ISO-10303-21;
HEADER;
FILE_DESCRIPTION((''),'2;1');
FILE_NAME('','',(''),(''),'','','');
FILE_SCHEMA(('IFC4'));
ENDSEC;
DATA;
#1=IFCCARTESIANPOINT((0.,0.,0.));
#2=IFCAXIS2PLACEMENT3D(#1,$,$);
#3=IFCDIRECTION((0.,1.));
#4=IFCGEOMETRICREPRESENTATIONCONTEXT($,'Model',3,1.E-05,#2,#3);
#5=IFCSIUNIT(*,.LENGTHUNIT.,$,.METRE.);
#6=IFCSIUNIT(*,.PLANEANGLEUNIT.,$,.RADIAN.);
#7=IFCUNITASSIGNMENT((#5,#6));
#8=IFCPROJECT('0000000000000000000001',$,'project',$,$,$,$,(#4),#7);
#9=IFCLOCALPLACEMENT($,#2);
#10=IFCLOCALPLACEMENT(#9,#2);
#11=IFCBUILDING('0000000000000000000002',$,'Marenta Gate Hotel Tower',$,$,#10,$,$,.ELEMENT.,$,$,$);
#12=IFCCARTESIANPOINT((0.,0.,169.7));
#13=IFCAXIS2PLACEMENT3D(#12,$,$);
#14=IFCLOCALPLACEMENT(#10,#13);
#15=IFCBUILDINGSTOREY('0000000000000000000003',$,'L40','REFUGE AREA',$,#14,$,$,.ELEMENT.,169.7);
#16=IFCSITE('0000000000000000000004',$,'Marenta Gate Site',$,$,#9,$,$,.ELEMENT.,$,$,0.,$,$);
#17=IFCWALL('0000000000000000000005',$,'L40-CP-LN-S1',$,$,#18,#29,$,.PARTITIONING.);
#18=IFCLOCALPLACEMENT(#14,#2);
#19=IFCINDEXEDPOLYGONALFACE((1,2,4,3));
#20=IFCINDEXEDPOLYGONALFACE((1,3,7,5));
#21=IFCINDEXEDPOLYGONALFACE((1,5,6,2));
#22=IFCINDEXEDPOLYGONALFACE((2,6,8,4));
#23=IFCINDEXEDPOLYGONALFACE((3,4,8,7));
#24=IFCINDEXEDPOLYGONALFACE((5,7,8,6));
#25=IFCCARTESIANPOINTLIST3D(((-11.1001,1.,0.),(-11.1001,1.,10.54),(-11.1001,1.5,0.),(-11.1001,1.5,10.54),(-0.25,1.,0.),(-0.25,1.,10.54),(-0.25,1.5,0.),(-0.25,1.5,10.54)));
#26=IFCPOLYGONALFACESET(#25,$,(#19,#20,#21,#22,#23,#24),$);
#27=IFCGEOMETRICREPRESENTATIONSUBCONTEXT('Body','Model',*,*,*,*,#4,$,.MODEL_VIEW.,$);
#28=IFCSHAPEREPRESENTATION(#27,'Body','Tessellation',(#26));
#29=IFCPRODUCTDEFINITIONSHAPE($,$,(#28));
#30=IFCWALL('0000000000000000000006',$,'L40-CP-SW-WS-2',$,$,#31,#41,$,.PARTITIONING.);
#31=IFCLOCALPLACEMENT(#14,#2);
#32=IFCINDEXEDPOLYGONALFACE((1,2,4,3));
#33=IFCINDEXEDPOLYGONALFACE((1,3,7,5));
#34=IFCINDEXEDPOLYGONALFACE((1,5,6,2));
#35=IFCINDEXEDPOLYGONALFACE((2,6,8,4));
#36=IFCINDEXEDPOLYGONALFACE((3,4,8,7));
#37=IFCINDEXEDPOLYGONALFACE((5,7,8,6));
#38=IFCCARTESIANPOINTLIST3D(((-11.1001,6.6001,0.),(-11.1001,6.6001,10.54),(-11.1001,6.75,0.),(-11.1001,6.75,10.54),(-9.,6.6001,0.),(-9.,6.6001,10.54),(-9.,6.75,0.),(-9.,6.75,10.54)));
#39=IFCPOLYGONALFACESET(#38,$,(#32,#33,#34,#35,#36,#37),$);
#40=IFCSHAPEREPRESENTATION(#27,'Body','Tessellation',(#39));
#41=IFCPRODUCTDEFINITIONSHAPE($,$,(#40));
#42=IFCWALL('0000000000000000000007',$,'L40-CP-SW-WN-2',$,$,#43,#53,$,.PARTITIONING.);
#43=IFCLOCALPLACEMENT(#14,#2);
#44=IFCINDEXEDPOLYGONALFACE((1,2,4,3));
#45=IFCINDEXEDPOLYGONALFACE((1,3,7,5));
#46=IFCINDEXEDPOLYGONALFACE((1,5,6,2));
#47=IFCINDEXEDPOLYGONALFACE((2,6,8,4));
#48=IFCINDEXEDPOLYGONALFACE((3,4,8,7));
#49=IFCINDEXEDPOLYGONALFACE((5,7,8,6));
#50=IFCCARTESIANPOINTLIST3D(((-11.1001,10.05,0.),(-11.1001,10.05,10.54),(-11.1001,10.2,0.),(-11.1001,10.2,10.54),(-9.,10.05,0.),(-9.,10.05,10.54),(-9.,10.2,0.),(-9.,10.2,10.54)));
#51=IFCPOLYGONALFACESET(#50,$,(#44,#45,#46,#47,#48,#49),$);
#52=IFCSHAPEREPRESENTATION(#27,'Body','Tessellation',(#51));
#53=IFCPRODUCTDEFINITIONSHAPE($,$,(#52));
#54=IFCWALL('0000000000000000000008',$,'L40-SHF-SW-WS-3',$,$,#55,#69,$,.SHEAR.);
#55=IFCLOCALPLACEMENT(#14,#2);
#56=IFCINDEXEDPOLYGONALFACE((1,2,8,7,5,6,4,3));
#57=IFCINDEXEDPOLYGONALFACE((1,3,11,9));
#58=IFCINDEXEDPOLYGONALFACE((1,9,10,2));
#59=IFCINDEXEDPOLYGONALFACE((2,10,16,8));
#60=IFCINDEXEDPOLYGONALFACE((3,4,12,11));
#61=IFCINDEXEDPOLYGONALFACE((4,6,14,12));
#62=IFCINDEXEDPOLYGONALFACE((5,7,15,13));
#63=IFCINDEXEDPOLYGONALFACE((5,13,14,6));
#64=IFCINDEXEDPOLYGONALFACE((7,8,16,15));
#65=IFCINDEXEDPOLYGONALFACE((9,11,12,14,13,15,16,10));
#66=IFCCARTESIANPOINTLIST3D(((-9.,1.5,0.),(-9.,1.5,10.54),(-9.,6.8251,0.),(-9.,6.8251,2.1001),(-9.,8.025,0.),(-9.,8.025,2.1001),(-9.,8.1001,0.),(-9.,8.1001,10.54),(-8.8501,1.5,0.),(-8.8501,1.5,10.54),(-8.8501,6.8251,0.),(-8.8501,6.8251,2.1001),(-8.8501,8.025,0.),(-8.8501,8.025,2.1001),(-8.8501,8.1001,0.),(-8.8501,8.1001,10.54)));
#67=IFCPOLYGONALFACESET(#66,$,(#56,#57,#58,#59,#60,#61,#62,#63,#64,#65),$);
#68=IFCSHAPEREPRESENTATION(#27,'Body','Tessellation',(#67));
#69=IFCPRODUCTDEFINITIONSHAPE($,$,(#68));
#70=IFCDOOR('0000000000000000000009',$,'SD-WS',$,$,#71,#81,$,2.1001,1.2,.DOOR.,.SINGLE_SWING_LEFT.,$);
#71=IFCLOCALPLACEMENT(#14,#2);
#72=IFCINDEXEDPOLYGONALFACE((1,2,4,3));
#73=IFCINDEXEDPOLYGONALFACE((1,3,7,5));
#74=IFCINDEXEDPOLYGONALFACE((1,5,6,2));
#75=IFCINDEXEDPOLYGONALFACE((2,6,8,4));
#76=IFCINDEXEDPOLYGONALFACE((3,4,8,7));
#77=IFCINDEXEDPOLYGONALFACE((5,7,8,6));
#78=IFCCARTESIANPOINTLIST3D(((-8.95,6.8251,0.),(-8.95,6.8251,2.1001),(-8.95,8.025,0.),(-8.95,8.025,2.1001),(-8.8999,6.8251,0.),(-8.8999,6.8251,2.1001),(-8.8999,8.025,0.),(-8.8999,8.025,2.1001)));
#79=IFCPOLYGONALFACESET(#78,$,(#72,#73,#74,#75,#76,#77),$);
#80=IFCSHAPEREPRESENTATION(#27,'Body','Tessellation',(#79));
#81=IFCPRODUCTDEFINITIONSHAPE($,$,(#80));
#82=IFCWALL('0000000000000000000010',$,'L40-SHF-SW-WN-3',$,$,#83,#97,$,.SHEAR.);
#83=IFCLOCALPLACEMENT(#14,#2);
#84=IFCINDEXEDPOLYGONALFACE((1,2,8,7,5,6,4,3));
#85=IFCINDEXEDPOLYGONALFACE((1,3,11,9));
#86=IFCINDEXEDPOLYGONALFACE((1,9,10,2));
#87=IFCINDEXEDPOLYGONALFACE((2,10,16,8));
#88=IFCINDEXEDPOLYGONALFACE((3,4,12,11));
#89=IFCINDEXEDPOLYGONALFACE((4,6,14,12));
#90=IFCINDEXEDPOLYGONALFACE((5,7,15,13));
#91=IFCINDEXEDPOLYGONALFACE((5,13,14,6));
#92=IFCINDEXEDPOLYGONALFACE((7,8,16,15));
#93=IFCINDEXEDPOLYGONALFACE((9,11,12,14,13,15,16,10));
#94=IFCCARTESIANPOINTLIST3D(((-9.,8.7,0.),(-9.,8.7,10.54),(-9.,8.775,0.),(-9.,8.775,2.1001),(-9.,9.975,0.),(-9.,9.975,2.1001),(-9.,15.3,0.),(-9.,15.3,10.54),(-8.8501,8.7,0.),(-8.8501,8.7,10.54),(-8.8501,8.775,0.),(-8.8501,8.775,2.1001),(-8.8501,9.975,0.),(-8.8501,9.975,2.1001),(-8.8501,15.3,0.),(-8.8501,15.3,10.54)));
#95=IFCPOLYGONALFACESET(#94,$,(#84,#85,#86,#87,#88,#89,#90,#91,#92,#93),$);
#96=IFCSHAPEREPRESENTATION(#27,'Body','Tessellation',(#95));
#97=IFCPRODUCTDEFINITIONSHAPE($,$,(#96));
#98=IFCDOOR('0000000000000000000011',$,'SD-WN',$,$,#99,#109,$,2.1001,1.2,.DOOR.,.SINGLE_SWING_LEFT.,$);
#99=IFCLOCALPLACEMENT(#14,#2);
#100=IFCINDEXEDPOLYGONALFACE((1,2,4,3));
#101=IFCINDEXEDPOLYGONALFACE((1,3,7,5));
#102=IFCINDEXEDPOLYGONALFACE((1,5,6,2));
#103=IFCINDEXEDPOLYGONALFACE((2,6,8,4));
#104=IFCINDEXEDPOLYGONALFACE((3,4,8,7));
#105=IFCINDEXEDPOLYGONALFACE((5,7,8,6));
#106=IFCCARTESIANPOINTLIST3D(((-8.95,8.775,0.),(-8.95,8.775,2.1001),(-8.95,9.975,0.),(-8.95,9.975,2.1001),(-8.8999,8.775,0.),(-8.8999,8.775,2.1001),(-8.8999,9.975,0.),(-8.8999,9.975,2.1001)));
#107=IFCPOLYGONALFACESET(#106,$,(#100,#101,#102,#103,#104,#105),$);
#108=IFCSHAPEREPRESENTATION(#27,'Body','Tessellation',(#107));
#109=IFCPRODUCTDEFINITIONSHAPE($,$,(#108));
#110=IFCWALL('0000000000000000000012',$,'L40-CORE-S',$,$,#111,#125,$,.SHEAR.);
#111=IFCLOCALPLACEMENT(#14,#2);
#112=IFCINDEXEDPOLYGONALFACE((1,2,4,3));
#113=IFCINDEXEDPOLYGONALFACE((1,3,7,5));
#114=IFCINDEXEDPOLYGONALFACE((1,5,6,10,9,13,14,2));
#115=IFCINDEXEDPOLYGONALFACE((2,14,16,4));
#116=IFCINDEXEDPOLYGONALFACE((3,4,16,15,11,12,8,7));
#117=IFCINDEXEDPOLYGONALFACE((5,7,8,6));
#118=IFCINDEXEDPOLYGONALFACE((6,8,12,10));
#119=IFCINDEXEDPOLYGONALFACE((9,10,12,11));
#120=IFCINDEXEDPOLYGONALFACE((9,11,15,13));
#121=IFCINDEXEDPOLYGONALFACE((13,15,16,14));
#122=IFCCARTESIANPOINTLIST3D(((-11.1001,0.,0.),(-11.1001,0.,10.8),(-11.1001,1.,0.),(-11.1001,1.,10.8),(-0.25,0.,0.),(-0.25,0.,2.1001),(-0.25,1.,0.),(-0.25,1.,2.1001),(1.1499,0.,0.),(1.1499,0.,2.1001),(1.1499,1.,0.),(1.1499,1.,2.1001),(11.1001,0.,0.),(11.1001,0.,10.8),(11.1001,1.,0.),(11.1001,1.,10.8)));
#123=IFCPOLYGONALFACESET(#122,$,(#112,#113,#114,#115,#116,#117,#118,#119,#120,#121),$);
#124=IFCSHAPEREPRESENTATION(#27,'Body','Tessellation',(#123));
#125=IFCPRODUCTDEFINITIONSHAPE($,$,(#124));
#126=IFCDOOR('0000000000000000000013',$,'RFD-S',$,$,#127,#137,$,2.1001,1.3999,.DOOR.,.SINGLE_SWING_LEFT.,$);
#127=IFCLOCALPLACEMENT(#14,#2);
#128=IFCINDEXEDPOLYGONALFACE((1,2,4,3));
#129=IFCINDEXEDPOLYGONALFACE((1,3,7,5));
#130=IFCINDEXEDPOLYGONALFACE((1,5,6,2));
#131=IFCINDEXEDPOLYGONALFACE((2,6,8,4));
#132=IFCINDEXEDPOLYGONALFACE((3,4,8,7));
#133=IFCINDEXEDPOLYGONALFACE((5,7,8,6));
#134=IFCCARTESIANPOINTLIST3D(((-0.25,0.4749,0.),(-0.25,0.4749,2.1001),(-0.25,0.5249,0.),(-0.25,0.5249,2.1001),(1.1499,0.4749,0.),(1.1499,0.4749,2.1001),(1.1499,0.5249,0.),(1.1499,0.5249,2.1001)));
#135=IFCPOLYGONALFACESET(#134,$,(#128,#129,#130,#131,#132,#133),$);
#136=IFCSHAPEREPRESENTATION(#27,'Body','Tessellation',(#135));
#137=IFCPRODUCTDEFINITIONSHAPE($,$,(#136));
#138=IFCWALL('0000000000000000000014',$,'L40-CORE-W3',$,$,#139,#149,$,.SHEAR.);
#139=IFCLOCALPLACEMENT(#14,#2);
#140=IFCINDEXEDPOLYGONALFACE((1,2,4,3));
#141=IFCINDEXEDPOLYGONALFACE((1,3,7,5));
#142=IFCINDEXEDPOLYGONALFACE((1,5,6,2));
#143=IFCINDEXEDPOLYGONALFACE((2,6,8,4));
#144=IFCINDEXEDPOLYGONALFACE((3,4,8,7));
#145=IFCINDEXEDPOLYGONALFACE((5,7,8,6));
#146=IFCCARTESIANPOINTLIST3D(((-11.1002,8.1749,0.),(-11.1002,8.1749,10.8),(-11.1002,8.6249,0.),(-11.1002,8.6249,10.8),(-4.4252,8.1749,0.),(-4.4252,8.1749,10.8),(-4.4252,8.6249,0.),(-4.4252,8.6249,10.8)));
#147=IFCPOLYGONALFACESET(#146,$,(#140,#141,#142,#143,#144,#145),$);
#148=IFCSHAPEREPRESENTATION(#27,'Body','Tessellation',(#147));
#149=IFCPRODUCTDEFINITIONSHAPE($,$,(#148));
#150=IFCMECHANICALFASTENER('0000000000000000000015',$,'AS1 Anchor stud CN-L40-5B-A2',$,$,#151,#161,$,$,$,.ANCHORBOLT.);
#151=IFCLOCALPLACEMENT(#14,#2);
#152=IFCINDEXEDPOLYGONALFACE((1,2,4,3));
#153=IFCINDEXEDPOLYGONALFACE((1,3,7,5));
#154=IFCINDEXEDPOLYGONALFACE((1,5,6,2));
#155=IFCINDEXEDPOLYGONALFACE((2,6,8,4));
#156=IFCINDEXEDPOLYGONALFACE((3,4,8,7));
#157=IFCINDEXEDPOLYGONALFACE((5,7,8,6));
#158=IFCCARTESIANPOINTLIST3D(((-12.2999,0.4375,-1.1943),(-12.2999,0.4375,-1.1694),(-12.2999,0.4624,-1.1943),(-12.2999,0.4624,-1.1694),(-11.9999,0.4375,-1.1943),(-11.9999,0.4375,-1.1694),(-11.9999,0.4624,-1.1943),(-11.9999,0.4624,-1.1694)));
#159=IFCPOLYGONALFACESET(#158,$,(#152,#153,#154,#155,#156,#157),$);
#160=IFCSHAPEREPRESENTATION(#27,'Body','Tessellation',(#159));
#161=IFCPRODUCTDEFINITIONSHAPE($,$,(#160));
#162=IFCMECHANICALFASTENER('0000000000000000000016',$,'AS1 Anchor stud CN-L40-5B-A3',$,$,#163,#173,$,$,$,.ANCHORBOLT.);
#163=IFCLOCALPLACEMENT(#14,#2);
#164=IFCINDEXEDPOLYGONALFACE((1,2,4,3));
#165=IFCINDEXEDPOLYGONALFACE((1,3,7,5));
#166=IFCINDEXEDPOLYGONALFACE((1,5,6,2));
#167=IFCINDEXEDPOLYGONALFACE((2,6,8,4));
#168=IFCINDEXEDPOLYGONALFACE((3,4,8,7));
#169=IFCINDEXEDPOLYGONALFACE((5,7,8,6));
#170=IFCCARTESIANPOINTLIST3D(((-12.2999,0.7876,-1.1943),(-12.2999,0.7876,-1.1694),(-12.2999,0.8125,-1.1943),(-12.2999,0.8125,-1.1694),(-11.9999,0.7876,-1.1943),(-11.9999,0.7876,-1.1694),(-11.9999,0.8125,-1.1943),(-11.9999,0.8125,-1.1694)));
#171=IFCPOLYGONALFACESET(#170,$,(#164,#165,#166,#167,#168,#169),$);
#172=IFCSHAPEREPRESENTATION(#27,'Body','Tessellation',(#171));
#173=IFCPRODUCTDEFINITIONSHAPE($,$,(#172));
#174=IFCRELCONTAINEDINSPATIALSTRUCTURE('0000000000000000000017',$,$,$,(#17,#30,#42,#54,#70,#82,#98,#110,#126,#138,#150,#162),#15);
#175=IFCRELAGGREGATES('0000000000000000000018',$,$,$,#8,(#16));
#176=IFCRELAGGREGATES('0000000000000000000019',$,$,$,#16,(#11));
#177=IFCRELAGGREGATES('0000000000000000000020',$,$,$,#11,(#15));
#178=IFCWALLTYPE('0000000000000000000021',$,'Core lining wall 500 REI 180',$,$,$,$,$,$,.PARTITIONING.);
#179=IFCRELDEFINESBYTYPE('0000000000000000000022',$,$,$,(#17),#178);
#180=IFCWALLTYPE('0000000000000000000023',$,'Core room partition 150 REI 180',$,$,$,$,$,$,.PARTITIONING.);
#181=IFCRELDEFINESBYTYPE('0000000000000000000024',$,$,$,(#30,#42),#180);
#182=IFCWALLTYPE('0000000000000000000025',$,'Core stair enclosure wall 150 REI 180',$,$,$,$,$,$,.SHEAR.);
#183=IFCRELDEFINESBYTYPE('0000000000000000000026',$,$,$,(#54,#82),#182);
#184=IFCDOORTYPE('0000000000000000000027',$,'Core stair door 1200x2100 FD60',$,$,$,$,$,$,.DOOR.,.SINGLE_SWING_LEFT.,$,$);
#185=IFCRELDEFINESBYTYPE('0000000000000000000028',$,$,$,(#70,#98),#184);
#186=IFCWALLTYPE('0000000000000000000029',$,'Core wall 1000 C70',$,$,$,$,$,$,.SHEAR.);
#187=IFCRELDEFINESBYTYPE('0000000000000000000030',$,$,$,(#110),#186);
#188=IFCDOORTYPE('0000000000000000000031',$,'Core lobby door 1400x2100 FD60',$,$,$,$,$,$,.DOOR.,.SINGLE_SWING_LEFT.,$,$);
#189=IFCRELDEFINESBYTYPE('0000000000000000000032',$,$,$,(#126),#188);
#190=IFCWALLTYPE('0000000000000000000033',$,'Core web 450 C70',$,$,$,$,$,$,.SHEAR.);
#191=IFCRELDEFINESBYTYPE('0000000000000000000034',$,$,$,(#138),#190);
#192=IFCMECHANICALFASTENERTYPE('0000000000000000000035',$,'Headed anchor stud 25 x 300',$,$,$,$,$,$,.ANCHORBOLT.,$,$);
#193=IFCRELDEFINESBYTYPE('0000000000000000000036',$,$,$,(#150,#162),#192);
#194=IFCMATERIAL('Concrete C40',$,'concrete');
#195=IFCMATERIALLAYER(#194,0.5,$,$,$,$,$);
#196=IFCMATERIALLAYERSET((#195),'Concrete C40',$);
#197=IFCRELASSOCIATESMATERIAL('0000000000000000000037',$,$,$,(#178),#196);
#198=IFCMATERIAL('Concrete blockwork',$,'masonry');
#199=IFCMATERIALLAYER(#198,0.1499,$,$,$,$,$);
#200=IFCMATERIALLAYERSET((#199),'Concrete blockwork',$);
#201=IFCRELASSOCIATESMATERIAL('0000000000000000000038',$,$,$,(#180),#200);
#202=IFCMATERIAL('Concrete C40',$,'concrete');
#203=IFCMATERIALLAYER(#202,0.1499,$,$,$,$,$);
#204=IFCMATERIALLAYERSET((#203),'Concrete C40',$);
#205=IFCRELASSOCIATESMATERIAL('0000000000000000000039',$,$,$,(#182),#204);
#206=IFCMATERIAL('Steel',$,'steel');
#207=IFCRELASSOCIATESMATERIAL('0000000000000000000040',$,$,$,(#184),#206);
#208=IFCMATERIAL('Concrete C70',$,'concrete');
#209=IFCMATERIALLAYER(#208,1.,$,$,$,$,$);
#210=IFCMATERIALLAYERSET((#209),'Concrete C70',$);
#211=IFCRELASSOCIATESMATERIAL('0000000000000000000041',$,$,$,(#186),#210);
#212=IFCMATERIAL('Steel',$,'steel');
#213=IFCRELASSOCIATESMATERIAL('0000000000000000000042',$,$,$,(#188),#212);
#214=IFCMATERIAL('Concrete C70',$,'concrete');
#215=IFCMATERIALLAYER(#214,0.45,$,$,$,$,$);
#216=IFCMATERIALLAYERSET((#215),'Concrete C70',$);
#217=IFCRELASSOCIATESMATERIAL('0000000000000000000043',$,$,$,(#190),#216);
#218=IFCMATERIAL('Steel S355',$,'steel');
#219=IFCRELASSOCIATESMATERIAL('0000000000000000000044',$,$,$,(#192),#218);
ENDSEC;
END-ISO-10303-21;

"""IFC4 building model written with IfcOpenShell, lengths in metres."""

from ifc_helpers import new_model, si_unit, direction, frame, frame_2d, origin, origin_2d, place, context, subcontext, project, spatial, rectangle, extrude, material, layer, layer_set, type_object, element, fill, save


model = new_model("IFC4")

# Units and contexts
model_context = context("Model", 3, precision=1e-05, world=origin(), true_north=direction((0.0, 1.0)))
body_context = subcontext(model_context, "Body", "Model", "MODEL_VIEW")
ifc_project = project(units=[si_unit("LENGTHUNIT", "METRE"), si_unit("PLANEANGLEUNIT", "RADIAN")], contexts=[model_context])

# Site, building, storey
site_placement = place(None, origin())
site = spatial("IfcSite", under=ifc_project, at=site_placement, Name="Marenta Gate Site", CompositionType="ELEMENT", RefElevation=0.0)
building_placement = place(site_placement, origin())
building = spatial("IfcBuilding", under=site, at=building_placement, Name="Marenta Gate Hotel Tower", CompositionType="ELEMENT")
storey_placement = place(building_placement, frame((0.0, 0.0, 169.7)))
storey = spatial("IfcBuildingStorey", under=building, at=storey_placement, Name="L40", Description="REFUGE AREA", CompositionType="ELEMENT", Elevation=169.7)

# Walls
ifc_material_1 = material(Name="Concrete C40", Category="concrete")
ifc_layer_1 = layer(ifc_material_1, 0.5)
ifc_layer_set_1 = layer_set([ifc_layer_1], Name="Concrete C40")
wall_type_1 = type_object("IfcWallType", Name="Core lining wall 500 REI 180", PredefinedType="PARTITIONING", material=ifc_layer_set_1)
wall_1_placement = place(storey_placement, frame((-11.1001, 1.25, 0.0), z_axis=(0.0, 0.0, 1.0), x_axis=(1.0, 0.0, 0.0)))
element("IfcWall", 1, at=wall_1_placement, inside=storey, type_object=wall_type_1, Name="L40-CP-LN-S1", PredefinedType="PARTITIONING", context=body_context, shape_type="SweptSolid", body=[
    extrude(rectangle(XDim=10.8501, YDim=0.5, at=frame_2d((5.425, 0.0))), origin(), (0.0, 0.0, 1.0), 10.54),
])
ifc_material_2 = material(Name="Concrete blockwork", Category="masonry")
ifc_layer_2 = layer(ifc_material_2, 0.1499)
ifc_layer_set_2 = layer_set([ifc_layer_2], Name="Concrete blockwork")
wall_type_2 = type_object("IfcWallType", Name="Core room partition 150 REI 180", PredefinedType="PARTITIONING", material=ifc_layer_set_2)
for number, where, z_axis, x_axis, name in (
    (2, (-11.1001, 6.675, 0.0), (0.0, 0.0, 1.0), (1.0, 0.0, 0.0), "L40-CP-SW-WS-2"),
    (3, (-11.1001, 10.125, 0.0), (0.0, 0.0, 1.0), (1.0, 0.0, 0.0), "L40-CP-SW-WN-2"),
):
    element("IfcWall", number, at=place(storey_placement, frame(where, z_axis=z_axis, x_axis=x_axis)), inside=storey, type_object=wall_type_2, Name=name, PredefinedType="PARTITIONING", context=body_context, shape_type="SweptSolid", body=[
        extrude(rectangle(XDim=2.1001, YDim=0.1499, at=frame_2d((1.05, 0.0))), origin(), (0.0, 0.0, 1.0), 10.54),
    ])

# Walls, openings, doors
ifc_material_3 = material(Name="Concrete C40", Category="concrete")
ifc_layer_3 = layer(ifc_material_3, 0.1499)
ifc_layer_set_3 = layer_set([ifc_layer_3], Name="Concrete C40")
wall_type_3 = type_object("IfcWallType", Name="Core stair enclosure wall 150 REI 180", PredefinedType="SHEAR", material=ifc_layer_set_3)
wall_2_placement = place(storey_placement, frame((-8.925, 1.5, 0.0), z_axis=(0.0, 0.0, 1.0), x_axis=(0.0, 1.0, 0.0)))
wall_2 = element("IfcWall", 4, at=wall_2_placement, inside=storey, type_object=wall_type_3, Name="L40-SHF-SW-WS-3", PredefinedType="SHEAR", context=body_context, shape_type="SweptSolid", body=[
    extrude(rectangle(XDim=6.6001, YDim=0.1499, at=frame_2d((3.3, 0.0))), origin(), (0.0, 0.0, 1.0), 10.54),
])
opening_1_placement = place(wall_2_placement, frame((5.325, 0.0, 0.0)))
opening_1 = element("IfcOpeningElement", 5, at=opening_1_placement, cuts=wall_2, PredefinedType="OPENING", context=body_context, shape_type="SweptSolid", body=[
    extrude(rectangle(XDim=1.2, YDim=2.1001, at=frame_2d((0.6001, 1.05))), frame((0.0, 0.075, 0.0), z_axis=(0.0, -1.0, 0.0), x_axis=(1.0, 0.0, 0.0)), (0.0, 0.0, 1.0), 0.1499),
])
ifc_material_4 = material(Name="Steel", Category="steel")
door_type_1 = type_object("IfcDoorType", Name="Core stair door 1200x2100 FD60", OperationType="SINGLE_SWING_LEFT", PredefinedType="DOOR", material=ifc_material_4)
door_1_placement = place(opening_1_placement, origin())
door_1 = element("IfcDoor", 6, at=door_1_placement, inside=storey, type_object=door_type_1, Name="SD-WS", OperationType="SINGLE_SWING_LEFT", OverallHeight=2.1001, OverallWidth=1.2, PredefinedType="DOOR", context=body_context, shape_type="SweptSolid", body=[
    extrude(rectangle(XDim=1.2, YDim=2.1001, at=frame_2d((0.6001, 1.05))), frame((0.0, 0.0249, 0.0), z_axis=(0.0, -1.0, 0.0), x_axis=(1.0, 0.0, 0.0)), (0.0, 0.0, 1.0), 0.05),
])
fill(opening_1, door_1)
wall_3_placement = place(storey_placement, frame((-8.925, 8.7, 0.0), z_axis=(0.0, 0.0, 1.0), x_axis=(0.0, 1.0, 0.0)))
wall_3 = element("IfcWall", 7, at=wall_3_placement, inside=storey, type_object=wall_type_3, Name="L40-SHF-SW-WN-3", PredefinedType="SHEAR", context=body_context, shape_type="SweptSolid", body=[
    extrude(rectangle(XDim=6.6001, YDim=0.1499, at=frame_2d((3.3, 0.0))), origin(), (0.0, 0.0, 1.0), 10.54),
])
opening_2_placement = place(wall_3_placement, frame((0.075, 0.0, 0.0)))
opening_2 = element("IfcOpeningElement", 8, at=opening_2_placement, cuts=wall_3, PredefinedType="OPENING", context=body_context, shape_type="SweptSolid", body=[
    extrude(rectangle(XDim=1.2, YDim=2.1001, at=frame_2d((0.6001, 1.05))), frame((0.0, 0.075, 0.0), z_axis=(0.0, -1.0, 0.0), x_axis=(1.0, 0.0, 0.0)), (0.0, 0.0, 1.0), 0.1499),
])
door_2_placement = place(opening_2_placement, origin())
door_2 = element("IfcDoor", 9, at=door_2_placement, inside=storey, type_object=door_type_1, Name="SD-WN", OperationType="SINGLE_SWING_LEFT", OverallHeight=2.1001, OverallWidth=1.2, PredefinedType="DOOR", context=body_context, shape_type="SweptSolid", body=[
    extrude(rectangle(XDim=1.2, YDim=2.1001, at=frame_2d((0.6001, 1.05))), frame((0.0, 0.0249, 0.0), z_axis=(0.0, -1.0, 0.0), x_axis=(1.0, 0.0, 0.0)), (0.0, 0.0, 1.0), 0.05),
])
fill(opening_2, door_2)
ifc_material_5 = material(Name="Concrete C70", Category="concrete")
ifc_layer_4 = layer(ifc_material_5, 1.0)
ifc_layer_set_4 = layer_set([ifc_layer_4], Name="Concrete C70")
wall_type_4 = type_object("IfcWallType", Name="Core wall 1000 C70", PredefinedType="SHEAR", material=ifc_layer_set_4)
wall_4_placement = place(storey_placement, frame((-11.1001, 0.5, 0.0), z_axis=(0.0, 0.0, 1.0), x_axis=(1.0, 0.0, 0.0)))
wall_4 = element("IfcWall", 10, at=wall_4_placement, inside=storey, type_object=wall_type_4, Name="L40-CORE-S", PredefinedType="SHEAR", context=body_context, shape_type="SweptSolid", body=[
    extrude(rectangle(XDim=22.2002, YDim=1.0, at=frame_2d((11.1001, 0.0))), origin(), (0.0, 0.0, 1.0), 10.8),
])
opening_3_placement = place(wall_4_placement, frame((10.8501, 0.0, 0.0)))
opening_3 = element("IfcOpeningElement", 11, at=opening_3_placement, cuts=wall_4, PredefinedType="OPENING", context=body_context, shape_type="SweptSolid", body=[
    extrude(rectangle(XDim=1.3999, YDim=2.1001, at=frame_2d((0.7, 1.05))), frame((0.0, 0.5, 0.0), z_axis=(0.0, -1.0, 0.0), x_axis=(1.0, 0.0, 0.0)), (0.0, 0.0, 1.0), 1.0),
])
ifc_material_6 = material(Name="Steel", Category="steel")
door_type_2 = type_object("IfcDoorType", Name="Core lobby door 1400x2100 FD60", OperationType="SINGLE_SWING_LEFT", PredefinedType="DOOR", material=ifc_material_6)
door_3_placement = place(opening_3_placement, origin())
door_3 = element("IfcDoor", 12, at=door_3_placement, inside=storey, type_object=door_type_2, Name="RFD-S", OperationType="SINGLE_SWING_LEFT", OverallHeight=2.1001, OverallWidth=1.3999, PredefinedType="DOOR", context=body_context, shape_type="SweptSolid", body=[
    extrude(rectangle(XDim=1.3999, YDim=2.1001, at=frame_2d((0.7, 1.05))), frame((0.0, 0.0249, 0.0), z_axis=(0.0, -1.0, 0.0), x_axis=(1.0, 0.0, 0.0)), (0.0, 0.0, 1.0), 0.05),
])
fill(opening_3, door_3)

# Wall
ifc_material_7 = material(Name="Concrete C70", Category="concrete")
ifc_layer_5 = layer(ifc_material_7, 0.45)
ifc_layer_set_5 = layer_set([ifc_layer_5], Name="Concrete C70")
wall_type_5 = type_object("IfcWallType", Name="Core web 450 C70", PredefinedType="SHEAR", material=ifc_layer_set_5)
wall_5_placement = place(storey_placement, frame((-11.1001, 8.3999, 0.0), z_axis=(0.0, 0.0, 1.0), x_axis=(1.0, 0.0, 0.0)))
element("IfcWall", 13, at=wall_5_placement, inside=storey, type_object=wall_type_5, Name="L40-CORE-W3", PredefinedType="SHEAR", context=body_context, shape_type="SweptSolid", body=[
    extrude(rectangle(XDim=6.675, YDim=0.45, at=frame_2d((3.3374, 0.0))), origin(), (0.0, 0.0, 1.0), 10.8),
])

# Mechanical fasteners
ifc_material_8 = material(Name="Steel S355", Category="steel")
mechanical_fastener_type = type_object("IfcMechanicalFastenerType", Name="Headed anchor stud 25 x 300", PredefinedType="ANCHORBOLT", material=ifc_material_8)
for number, where, z_axis, x_axis, name in (
    (14, (-12.1499, 0.45, -1.1943), (0.0, 0.0, 1.0), (1.0, 0.0, 0.0), "AS1 Anchor stud CN-L40-5B-A2"),
    (15, (-12.1499, 0.8, -1.1943), (0.0, 0.0, 1.0), (1.0, 0.0, 0.0), "AS1 Anchor stud CN-L40-5B-A3"),
):
    element("IfcMechanicalFastener", number, at=place(storey_placement, frame(where, z_axis=z_axis, x_axis=x_axis)), inside=storey, type_object=mechanical_fastener_type, Name=name, PredefinedType="ANCHORBOLT", context=body_context, shape_type="SweptSolid", body=[
        extrude(rectangle(XDim=0.3, YDim=0.0249, at=origin_2d()), origin(), (0.0, 0.0, 1.0), 0.0249),
    ])

save(model, "model.ifc")
